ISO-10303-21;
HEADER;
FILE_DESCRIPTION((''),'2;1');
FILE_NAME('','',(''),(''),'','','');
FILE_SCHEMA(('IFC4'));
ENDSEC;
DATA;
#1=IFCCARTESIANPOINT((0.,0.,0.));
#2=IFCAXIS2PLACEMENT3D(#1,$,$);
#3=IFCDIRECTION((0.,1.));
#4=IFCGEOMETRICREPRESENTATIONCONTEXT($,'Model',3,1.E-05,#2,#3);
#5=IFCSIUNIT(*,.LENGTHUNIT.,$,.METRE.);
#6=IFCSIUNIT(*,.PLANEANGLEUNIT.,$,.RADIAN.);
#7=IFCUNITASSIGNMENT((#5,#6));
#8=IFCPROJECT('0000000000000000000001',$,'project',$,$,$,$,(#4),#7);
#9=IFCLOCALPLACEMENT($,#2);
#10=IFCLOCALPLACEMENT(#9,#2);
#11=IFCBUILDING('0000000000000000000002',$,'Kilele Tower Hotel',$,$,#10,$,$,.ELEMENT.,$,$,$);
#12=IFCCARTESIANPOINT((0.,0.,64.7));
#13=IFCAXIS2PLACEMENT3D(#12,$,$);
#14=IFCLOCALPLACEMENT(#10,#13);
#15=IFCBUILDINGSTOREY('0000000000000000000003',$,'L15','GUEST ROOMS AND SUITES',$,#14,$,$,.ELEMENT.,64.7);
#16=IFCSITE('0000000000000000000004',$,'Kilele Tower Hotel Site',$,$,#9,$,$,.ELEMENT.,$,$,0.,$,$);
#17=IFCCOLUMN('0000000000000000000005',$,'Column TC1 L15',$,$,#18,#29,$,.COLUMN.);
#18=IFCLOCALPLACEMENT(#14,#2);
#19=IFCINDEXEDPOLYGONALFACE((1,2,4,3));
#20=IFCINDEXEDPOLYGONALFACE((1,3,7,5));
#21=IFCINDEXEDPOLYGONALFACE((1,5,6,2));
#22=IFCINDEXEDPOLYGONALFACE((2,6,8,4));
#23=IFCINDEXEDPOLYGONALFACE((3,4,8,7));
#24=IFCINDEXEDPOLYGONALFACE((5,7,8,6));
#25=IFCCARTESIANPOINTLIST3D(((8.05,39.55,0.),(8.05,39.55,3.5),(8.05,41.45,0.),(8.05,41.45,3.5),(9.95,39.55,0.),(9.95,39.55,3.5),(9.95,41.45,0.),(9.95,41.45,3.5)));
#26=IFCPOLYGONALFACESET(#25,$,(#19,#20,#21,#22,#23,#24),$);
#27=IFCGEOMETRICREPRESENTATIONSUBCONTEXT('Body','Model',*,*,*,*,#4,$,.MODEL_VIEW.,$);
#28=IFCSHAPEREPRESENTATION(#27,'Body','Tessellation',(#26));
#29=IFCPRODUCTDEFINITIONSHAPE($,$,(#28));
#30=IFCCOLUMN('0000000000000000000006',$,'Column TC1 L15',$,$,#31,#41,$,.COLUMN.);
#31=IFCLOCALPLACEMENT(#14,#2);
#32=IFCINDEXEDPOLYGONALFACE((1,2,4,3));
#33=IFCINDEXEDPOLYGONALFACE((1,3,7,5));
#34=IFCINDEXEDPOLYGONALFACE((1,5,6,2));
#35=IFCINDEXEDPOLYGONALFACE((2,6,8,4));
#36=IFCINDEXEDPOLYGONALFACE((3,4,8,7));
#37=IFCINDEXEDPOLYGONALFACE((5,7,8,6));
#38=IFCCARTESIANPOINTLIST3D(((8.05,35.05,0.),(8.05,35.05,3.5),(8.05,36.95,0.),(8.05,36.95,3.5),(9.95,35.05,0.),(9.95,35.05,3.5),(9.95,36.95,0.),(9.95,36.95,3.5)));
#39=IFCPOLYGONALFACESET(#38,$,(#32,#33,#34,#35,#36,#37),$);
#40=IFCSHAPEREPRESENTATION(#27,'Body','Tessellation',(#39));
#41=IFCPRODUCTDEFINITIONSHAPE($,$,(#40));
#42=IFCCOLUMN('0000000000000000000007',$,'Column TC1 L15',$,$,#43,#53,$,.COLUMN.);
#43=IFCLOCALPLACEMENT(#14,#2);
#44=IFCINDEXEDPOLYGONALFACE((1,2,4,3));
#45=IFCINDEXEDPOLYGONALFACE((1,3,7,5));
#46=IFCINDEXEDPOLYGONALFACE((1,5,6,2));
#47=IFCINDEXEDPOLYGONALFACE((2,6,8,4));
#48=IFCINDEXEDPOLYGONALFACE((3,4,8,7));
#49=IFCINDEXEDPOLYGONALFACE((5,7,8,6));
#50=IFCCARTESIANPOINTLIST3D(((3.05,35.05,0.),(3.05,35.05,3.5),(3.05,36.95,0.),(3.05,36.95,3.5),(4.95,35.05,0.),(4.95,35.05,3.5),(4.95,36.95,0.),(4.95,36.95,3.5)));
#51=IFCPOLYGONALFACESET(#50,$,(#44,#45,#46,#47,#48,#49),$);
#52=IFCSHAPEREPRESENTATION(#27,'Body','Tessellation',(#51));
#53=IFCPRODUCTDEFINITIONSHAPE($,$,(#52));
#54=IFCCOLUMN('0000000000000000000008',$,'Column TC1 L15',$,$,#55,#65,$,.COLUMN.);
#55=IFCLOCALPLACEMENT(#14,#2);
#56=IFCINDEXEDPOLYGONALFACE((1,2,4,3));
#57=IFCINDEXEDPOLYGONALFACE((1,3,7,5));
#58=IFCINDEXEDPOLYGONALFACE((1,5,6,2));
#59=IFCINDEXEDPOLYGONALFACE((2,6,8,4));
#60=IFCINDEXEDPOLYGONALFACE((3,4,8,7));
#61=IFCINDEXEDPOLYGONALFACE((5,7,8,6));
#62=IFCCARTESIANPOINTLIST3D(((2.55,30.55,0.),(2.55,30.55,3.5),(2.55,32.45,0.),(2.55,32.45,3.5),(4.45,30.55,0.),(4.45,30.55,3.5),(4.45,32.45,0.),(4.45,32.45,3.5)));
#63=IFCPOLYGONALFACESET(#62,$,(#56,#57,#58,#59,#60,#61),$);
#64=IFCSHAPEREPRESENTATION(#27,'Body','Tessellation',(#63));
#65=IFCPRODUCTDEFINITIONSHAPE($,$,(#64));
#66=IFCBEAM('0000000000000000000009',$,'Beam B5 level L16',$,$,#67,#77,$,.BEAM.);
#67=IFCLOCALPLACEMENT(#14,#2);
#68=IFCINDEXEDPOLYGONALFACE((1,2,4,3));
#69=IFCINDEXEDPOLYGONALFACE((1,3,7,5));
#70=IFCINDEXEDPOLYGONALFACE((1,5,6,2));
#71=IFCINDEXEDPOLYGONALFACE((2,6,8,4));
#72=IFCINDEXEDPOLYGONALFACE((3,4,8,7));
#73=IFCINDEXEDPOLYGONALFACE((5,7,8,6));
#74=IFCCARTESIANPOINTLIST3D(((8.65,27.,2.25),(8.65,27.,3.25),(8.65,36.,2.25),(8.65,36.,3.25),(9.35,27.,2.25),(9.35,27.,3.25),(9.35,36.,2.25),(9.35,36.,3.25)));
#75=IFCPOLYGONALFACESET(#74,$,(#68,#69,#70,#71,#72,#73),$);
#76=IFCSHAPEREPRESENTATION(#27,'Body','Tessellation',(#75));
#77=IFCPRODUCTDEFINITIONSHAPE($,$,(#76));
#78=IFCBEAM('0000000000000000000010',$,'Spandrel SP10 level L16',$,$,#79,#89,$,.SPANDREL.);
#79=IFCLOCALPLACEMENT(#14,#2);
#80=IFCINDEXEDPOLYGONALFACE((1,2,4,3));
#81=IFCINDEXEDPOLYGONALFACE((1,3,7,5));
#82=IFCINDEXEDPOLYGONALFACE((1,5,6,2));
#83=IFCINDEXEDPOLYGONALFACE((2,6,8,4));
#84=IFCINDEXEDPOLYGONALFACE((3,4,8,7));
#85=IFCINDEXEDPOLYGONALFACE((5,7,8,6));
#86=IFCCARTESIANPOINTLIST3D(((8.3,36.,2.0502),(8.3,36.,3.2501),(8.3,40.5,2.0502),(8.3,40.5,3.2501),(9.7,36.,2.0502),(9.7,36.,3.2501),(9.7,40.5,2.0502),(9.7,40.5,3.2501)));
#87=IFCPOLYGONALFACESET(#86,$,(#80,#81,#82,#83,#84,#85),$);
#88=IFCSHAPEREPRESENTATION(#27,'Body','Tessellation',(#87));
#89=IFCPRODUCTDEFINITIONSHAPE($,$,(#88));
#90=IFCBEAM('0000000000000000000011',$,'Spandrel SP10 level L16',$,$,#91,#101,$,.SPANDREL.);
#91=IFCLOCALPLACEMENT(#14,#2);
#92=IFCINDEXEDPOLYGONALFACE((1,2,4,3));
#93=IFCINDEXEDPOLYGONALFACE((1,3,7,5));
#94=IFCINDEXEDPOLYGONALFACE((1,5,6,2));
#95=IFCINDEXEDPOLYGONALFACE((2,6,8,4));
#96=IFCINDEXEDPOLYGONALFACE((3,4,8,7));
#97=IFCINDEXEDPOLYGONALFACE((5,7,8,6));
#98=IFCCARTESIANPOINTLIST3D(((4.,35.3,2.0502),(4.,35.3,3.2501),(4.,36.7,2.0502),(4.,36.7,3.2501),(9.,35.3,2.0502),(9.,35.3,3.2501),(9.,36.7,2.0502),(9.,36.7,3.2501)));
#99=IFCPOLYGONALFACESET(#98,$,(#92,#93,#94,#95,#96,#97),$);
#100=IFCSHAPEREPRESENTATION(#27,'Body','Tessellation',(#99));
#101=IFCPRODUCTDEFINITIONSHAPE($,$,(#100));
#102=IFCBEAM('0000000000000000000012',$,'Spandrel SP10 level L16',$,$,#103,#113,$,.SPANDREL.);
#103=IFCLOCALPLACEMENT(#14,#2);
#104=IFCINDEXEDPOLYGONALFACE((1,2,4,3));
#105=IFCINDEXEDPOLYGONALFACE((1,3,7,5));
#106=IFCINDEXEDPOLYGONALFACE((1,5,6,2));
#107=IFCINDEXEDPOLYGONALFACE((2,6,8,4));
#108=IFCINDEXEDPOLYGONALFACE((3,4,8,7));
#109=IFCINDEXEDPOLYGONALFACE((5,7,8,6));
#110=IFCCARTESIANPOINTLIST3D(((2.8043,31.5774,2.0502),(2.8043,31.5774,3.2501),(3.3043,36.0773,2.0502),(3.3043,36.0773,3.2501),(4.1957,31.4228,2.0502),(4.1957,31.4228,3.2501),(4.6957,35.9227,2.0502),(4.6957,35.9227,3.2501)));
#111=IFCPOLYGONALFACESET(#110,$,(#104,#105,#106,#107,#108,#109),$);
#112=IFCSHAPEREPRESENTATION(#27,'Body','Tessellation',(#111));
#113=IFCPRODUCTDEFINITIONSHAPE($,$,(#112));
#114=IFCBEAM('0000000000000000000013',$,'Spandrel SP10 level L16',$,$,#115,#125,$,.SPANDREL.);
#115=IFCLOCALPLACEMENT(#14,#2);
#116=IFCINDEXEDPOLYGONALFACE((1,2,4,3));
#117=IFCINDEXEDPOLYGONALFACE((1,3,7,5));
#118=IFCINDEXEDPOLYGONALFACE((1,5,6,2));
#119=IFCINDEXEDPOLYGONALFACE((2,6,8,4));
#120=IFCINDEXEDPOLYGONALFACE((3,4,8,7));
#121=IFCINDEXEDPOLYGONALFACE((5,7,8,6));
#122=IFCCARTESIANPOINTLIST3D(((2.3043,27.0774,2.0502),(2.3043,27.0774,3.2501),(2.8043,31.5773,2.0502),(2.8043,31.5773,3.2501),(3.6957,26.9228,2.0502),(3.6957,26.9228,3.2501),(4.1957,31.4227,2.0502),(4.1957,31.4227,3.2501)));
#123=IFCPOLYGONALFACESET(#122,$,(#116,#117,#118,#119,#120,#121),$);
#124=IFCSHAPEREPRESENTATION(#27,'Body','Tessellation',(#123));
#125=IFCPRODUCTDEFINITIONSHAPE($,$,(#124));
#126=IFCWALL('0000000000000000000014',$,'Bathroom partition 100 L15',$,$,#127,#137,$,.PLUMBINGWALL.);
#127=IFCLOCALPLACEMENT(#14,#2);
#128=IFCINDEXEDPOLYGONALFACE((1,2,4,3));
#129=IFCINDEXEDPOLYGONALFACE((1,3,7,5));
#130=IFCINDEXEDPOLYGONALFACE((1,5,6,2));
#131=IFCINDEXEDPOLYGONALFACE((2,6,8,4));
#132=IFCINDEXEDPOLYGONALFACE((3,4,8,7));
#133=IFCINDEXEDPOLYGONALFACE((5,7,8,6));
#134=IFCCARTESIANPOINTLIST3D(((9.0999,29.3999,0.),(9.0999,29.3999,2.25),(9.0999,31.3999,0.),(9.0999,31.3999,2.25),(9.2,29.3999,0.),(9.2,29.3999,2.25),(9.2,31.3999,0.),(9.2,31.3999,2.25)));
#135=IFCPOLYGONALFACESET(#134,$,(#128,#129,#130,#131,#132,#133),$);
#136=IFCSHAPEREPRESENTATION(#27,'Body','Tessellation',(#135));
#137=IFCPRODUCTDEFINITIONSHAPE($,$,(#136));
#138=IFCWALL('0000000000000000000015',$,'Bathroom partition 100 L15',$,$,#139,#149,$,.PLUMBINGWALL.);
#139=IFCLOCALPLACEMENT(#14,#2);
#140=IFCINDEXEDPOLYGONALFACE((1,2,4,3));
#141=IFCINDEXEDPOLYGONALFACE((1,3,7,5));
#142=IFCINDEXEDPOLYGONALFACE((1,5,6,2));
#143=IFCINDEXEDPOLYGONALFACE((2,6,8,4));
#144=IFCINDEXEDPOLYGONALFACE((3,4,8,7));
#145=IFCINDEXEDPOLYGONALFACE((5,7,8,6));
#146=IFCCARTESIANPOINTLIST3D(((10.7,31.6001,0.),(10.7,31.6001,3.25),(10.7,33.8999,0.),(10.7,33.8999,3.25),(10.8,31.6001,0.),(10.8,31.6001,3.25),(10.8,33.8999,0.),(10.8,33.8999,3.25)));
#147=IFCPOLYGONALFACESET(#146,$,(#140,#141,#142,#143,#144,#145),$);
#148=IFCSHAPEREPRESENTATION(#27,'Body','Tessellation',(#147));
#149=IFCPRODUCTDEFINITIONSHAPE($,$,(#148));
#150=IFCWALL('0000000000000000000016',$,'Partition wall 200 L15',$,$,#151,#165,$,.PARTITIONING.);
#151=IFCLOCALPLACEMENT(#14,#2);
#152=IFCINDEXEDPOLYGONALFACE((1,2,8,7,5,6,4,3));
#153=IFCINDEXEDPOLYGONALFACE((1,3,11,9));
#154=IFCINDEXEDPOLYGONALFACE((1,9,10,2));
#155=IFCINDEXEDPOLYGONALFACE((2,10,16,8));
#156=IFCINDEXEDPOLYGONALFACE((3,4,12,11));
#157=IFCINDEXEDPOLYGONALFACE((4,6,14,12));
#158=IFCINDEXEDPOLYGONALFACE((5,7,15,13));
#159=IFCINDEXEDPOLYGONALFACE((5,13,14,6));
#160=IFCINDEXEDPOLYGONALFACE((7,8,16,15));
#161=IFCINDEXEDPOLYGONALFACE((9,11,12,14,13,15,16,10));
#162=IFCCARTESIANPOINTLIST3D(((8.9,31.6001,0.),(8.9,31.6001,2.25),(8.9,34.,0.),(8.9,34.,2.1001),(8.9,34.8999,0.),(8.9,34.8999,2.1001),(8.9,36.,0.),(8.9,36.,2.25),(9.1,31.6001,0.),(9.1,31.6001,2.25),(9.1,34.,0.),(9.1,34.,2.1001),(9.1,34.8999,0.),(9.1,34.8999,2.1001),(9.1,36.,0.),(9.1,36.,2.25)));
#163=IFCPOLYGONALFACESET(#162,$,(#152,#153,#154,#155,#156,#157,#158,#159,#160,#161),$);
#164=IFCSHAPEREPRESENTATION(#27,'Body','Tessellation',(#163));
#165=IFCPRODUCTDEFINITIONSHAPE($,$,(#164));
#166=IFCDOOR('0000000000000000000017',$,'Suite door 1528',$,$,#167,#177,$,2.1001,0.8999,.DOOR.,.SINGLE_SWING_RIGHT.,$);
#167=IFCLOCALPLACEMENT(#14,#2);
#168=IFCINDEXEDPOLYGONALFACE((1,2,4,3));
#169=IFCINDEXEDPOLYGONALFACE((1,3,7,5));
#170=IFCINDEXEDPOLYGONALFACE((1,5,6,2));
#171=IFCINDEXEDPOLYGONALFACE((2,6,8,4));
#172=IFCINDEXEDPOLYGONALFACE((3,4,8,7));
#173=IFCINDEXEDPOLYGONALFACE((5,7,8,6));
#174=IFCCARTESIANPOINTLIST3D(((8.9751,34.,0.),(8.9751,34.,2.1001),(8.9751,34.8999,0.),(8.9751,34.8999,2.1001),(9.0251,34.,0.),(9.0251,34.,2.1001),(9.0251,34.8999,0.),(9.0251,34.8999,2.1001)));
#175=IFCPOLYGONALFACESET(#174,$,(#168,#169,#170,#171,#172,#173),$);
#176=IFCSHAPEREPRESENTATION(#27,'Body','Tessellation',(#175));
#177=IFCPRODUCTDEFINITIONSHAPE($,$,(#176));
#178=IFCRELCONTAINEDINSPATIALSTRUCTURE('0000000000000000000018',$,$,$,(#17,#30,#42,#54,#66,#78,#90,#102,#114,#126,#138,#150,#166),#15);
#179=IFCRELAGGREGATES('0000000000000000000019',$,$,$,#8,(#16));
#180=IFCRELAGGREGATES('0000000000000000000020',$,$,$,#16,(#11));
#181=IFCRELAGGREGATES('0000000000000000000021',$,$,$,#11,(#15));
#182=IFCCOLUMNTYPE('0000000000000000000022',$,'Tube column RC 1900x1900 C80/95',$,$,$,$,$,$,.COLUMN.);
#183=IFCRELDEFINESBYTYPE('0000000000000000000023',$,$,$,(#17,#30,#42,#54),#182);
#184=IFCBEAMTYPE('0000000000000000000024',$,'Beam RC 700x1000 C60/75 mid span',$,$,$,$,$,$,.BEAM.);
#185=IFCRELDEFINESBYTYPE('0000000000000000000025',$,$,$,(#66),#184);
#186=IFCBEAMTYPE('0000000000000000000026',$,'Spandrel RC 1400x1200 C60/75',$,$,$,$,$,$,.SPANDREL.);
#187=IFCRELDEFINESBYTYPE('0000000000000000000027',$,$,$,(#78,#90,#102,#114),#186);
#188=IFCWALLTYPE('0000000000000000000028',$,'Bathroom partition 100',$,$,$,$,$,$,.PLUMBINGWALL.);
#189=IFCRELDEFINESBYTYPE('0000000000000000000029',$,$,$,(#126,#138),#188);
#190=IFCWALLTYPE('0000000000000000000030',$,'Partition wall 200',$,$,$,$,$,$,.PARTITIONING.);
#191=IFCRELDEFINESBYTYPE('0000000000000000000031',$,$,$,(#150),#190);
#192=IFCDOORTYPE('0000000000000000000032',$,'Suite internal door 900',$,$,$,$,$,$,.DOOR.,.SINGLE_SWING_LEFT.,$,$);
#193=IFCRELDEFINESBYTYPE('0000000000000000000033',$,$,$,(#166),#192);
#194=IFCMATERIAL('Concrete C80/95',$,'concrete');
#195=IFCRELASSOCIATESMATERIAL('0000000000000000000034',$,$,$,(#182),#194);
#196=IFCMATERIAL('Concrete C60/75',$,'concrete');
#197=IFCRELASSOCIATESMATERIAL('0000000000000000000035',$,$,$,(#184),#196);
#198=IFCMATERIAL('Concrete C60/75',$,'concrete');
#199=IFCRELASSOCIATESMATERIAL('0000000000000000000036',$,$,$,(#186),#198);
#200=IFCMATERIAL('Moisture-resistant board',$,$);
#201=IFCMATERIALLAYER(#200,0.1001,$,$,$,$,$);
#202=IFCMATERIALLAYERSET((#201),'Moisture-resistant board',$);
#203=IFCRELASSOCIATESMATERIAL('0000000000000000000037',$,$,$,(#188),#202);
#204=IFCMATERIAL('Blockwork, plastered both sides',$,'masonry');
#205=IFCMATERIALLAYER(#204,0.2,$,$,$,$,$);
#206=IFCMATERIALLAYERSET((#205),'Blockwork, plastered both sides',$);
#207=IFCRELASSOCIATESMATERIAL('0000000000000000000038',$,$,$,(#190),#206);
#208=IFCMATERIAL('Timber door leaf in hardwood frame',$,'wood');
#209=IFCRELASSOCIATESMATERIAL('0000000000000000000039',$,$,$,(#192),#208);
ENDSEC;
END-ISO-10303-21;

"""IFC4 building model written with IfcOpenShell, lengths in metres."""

from ifc_helpers import new_model, si_unit, direction, frame, frame_2d, origin, origin_2d, place, context, subcontext, project, spatial, rectangle, extrude, material, layer, layer_set, material_profile, profile_set, type_object, element, fill, save


model = new_model("IFC4")

# Units and contexts
model_context = context("Model", 3, precision=1e-05, world=origin(), true_north=direction((0.0, 1.0)))
body_context = subcontext(model_context, "Body", "Model", "MODEL_VIEW")
ifc_project = project(units=[si_unit("LENGTHUNIT", "METRE"), si_unit("PLANEANGLEUNIT", "RADIAN")], contexts=[model_context])

# Site, building, storey
site_placement = place(None, origin())
site = spatial("IfcSite", under=ifc_project, at=site_placement, Name="Kilele Tower Hotel Site", CompositionType="ELEMENT", RefElevation=0.0)
building_placement = place(site_placement, origin())
building = spatial("IfcBuilding", under=site, at=building_placement, Name="Kilele Tower Hotel", CompositionType="ELEMENT")
storey_placement = place(building_placement, frame((0.0, 0.0, 64.7)))
storey = spatial("IfcBuildingStorey", under=building, at=storey_placement, Name="L15", Description="GUEST ROOMS AND SUITES", CompositionType="ELEMENT", Elevation=64.7)

# Columns
ifc_material_1 = material(Name="Concrete C80/95", Category="concrete")
ifc_material_profile_1 = material_profile(ifc_material_1, rectangle(XDim=1.8999, YDim=1.8999, at=origin_2d()))
ifc_profile_set_1 = profile_set([ifc_material_profile_1], Name="Concrete C80/95")
column_type = type_object("IfcColumnType", Name="Tube column RC 1900x1900 C80/95", PredefinedType="COLUMN", material=ifc_profile_set_1)
for number, where, z_axis, x_axis, name in (
    (1, (9.0, 40.5, 0.0), (0.0, 0.0, 1.0), (1.0, 0.0, 0.0), "Column TC1 L15"),
    (2, (9.0, 36.0, 0.0), (0.0, 0.0, 1.0), (1.0, 0.0, 0.0), "Column TC1 L15"),
    (3, (4.0, 36.0, 0.0), (0.0, 0.0, 1.0), (1.0, 0.0, 0.0), "Column TC1 L15"),
    (4, (3.5, 31.5, 0.0), (0.0, 0.0, 1.0), (1.0, 0.0, 0.0), "Column TC1 L15"),
):
    element("IfcColumn", number, at=place(storey_placement, frame(where, z_axis=z_axis, x_axis=x_axis)), inside=storey, type_object=column_type, Name=name, PredefinedType="COLUMN", context=body_context, shape_type="SweptSolid", body=[
        extrude(rectangle(XDim=1.8999, YDim=1.8999, at=origin_2d()), origin(), (0.0, 0.0, 1.0), 3.5),
    ])

# Beams
ifc_material_2 = material(Name="Concrete C60/75", Category="concrete")
ifc_material_profile_2 = material_profile(ifc_material_2, rectangle(XDim=0.7, YDim=1.0, at=origin_2d()))
ifc_profile_set_2 = profile_set([ifc_material_profile_2], Name="Concrete C60/75")
beam_type_1 = type_object("IfcBeamType", Name="Beam RC 700x1000 C60/75 mid span", PredefinedType="BEAM", material=ifc_profile_set_2)
beam_1_placement = place(storey_placement, frame((9.0, 36.0, 2.75), z_axis=(0.0, -1.0, 0.0), x_axis=(1.0, 0.0, 0.0)))
element("IfcBeam", 5, at=beam_1_placement, inside=storey, type_object=beam_type_1, Name="Beam B5 level L16", PredefinedType="BEAM", context=body_context, shape_type="SweptSolid", body=[
    extrude(rectangle(XDim=0.7, YDim=1.0, at=origin_2d()), origin(), (0.0, 0.0, 1.0), 9.0),
])
ifc_material_3 = material(Name="Concrete C60/75", Category="concrete")
ifc_material_profile_3 = material_profile(ifc_material_3, rectangle(XDim=1.3999, YDim=1.2, at=origin_2d()))
ifc_profile_set_3 = profile_set([ifc_material_profile_3], Name="Concrete C60/75")
beam_type_2 = type_object("IfcBeamType", Name="Spandrel RC 1400x1200 C60/75", PredefinedType="SPANDREL", material=ifc_profile_set_3)
beam_2_placement = place(storey_placement, frame((9.0, 40.5, 2.6501), z_axis=(0.0, -1.0, 0.0), x_axis=(1.0, 0.0, 0.0)))
element("IfcBeam", 6, at=beam_2_placement, inside=storey, type_object=beam_type_2, Name="Spandrel SP10 level L16", PredefinedType="SPANDREL", context=body_context, shape_type="SweptSolid", body=[
    extrude(rectangle(XDim=1.3999, YDim=1.2, at=origin_2d()), origin(), (0.0, 0.0, 1.0), 4.5),
])
beam_3_placement = place(storey_placement, frame((9.0, 36.0, 2.6501), z_axis=(-1.0, 0.0, 0.0), x_axis=(0.0, -1.0, 0.0)))
element("IfcBeam", 7, at=beam_3_placement, inside=storey, type_object=beam_type_2, Name="Spandrel SP10 level L16", PredefinedType="SPANDREL", context=body_context, shape_type="SweptSolid", body=[
    extrude(rectangle(XDim=1.3999, YDim=1.2, at=origin_2d()), origin(), (0.0, 0.0, 1.0), 5.0),
])
for number, where, z_axis, x_axis, name in (
    (8, (4.0, 36.0, 2.6501), (-0.110432, -0.993884, 0.0), (0.993884, -0.110432, 0.0), "Spandrel SP10 level L16"),
    (9, (3.5, 31.5, 2.6501), (-0.110432, -0.993884, 0.0), (0.993884, -0.110432, 0.0), "Spandrel SP10 level L16"),
):
    element("IfcBeam", number, at=place(storey_placement, frame(where, z_axis=z_axis, x_axis=x_axis)), inside=storey, type_object=beam_type_2, Name=name, PredefinedType="SPANDREL", context=body_context, shape_type="SweptSolid", body=[
        extrude(rectangle(XDim=1.3999, YDim=1.2, at=origin_2d()), origin(), (0.0, 0.0, 1.0), 4.5276),
    ])

# Walls
ifc_material_4 = material(Name="Moisture-resistant board")
ifc_layer_1 = layer(ifc_material_4, 0.1001)
ifc_layer_set_1 = layer_set([ifc_layer_1], Name="Moisture-resistant board")
wall_type_1 = type_object("IfcWallType", Name="Bathroom partition 100", PredefinedType="PLUMBINGWALL", material=ifc_layer_set_1)
wall_1_placement = place(storey_placement, frame((9.1499, 31.3999, 0.0), z_axis=(0.0, 0.0, 1.0), x_axis=(0.0, -1.0, 0.0)))
element("IfcWall", 10, at=wall_1_placement, inside=storey, type_object=wall_type_1, Name="Bathroom partition 100 L15", PredefinedType="PLUMBINGWALL", context=body_context, shape_type="SweptSolid", body=[
    extrude(rectangle(XDim=2.0, YDim=0.1001, at=frame_2d((1.0, 0.0))), origin(), (0.0, 0.0, 1.0), 2.25),
])
wall_2_placement = place(storey_placement, frame((10.75, 31.6001, 0.0), z_axis=(0.0, 0.0, 1.0), x_axis=(0.0, 1.0, 0.0)))
element("IfcWall", 11, at=wall_2_placement, inside=storey, type_object=wall_type_1, Name="Bathroom partition 100 L15", PredefinedType="PLUMBINGWALL", context=body_context, shape_type="SweptSolid", body=[
    extrude(rectangle(XDim=2.2998, YDim=0.1001, at=frame_2d((1.1499, 0.0))), origin(), (0.0, 0.0, 1.0), 3.25),
])

# Wall, opening, door
ifc_material_5 = material(Name="Blockwork, plastered both sides", Category="masonry")
ifc_layer_2 = layer(ifc_material_5, 0.2)
ifc_layer_set_2 = layer_set([ifc_layer_2], Name="Blockwork, plastered both sides")
wall_type_2 = type_object("IfcWallType", Name="Partition wall 200", PredefinedType="PARTITIONING", material=ifc_layer_set_2)
wall_3_placement = place(storey_placement, frame((9.0, 31.6001, 0.0), z_axis=(0.0, 0.0, 1.0), x_axis=(0.0, 1.0, 0.0)))
wall_3 = element("IfcWall", 12, at=wall_3_placement, inside=storey, type_object=wall_type_2, Name="Partition wall 200 L15", PredefinedType="PARTITIONING", context=body_context, shape_type="SweptSolid", body=[
    extrude(rectangle(XDim=4.3999, YDim=0.2, at=frame_2d((2.2, 0.0))), origin(), (0.0, 0.0, 1.0), 2.25),
])
opening_1_placement = place(wall_3_placement, frame((2.3999, 0.0, 0.0)))
opening_1 = element("IfcOpeningElement", 13, at=opening_1_placement, cuts=wall_3, PredefinedType="OPENING", context=body_context, shape_type="SweptSolid", body=[
    extrude(rectangle(XDim=0.8999, YDim=2.1001, at=frame_2d((0.45, 1.05))), frame((0.0, 0.1099, 0.0), z_axis=(0.0, -1.0, 0.0), x_axis=(1.0, 0.0, 0.0)), (0.0, 0.0, 1.0), 0.22),
])
ifc_material_6 = material(Name="Timber door leaf in hardwood frame", Category="wood")
door_type = type_object("IfcDoorType", Name="Suite internal door 900", OperationType="SINGLE_SWING_LEFT", PredefinedType="DOOR", material=ifc_material_6)
door_placement = place(opening_1_placement, origin())
door = element("IfcDoor", 14, at=door_placement, inside=storey, type_object=door_type, Name="Suite door 1528", OperationType="SINGLE_SWING_RIGHT", OverallHeight=2.1001, OverallWidth=0.8999, PredefinedType="DOOR", context=body_context, shape_type="SweptSolid", body=[
    extrude(rectangle(XDim=0.8999, YDim=2.1001, at=frame_2d((0.45, 1.05))), frame((0.0, 0.0249, 0.0), z_axis=(0.0, -1.0, 0.0), x_axis=(1.0, 0.0, 0.0)), (0.0, 0.0, 1.0), 0.05),
])
fill(opening_1, door)

save(model, "model.ifc")
